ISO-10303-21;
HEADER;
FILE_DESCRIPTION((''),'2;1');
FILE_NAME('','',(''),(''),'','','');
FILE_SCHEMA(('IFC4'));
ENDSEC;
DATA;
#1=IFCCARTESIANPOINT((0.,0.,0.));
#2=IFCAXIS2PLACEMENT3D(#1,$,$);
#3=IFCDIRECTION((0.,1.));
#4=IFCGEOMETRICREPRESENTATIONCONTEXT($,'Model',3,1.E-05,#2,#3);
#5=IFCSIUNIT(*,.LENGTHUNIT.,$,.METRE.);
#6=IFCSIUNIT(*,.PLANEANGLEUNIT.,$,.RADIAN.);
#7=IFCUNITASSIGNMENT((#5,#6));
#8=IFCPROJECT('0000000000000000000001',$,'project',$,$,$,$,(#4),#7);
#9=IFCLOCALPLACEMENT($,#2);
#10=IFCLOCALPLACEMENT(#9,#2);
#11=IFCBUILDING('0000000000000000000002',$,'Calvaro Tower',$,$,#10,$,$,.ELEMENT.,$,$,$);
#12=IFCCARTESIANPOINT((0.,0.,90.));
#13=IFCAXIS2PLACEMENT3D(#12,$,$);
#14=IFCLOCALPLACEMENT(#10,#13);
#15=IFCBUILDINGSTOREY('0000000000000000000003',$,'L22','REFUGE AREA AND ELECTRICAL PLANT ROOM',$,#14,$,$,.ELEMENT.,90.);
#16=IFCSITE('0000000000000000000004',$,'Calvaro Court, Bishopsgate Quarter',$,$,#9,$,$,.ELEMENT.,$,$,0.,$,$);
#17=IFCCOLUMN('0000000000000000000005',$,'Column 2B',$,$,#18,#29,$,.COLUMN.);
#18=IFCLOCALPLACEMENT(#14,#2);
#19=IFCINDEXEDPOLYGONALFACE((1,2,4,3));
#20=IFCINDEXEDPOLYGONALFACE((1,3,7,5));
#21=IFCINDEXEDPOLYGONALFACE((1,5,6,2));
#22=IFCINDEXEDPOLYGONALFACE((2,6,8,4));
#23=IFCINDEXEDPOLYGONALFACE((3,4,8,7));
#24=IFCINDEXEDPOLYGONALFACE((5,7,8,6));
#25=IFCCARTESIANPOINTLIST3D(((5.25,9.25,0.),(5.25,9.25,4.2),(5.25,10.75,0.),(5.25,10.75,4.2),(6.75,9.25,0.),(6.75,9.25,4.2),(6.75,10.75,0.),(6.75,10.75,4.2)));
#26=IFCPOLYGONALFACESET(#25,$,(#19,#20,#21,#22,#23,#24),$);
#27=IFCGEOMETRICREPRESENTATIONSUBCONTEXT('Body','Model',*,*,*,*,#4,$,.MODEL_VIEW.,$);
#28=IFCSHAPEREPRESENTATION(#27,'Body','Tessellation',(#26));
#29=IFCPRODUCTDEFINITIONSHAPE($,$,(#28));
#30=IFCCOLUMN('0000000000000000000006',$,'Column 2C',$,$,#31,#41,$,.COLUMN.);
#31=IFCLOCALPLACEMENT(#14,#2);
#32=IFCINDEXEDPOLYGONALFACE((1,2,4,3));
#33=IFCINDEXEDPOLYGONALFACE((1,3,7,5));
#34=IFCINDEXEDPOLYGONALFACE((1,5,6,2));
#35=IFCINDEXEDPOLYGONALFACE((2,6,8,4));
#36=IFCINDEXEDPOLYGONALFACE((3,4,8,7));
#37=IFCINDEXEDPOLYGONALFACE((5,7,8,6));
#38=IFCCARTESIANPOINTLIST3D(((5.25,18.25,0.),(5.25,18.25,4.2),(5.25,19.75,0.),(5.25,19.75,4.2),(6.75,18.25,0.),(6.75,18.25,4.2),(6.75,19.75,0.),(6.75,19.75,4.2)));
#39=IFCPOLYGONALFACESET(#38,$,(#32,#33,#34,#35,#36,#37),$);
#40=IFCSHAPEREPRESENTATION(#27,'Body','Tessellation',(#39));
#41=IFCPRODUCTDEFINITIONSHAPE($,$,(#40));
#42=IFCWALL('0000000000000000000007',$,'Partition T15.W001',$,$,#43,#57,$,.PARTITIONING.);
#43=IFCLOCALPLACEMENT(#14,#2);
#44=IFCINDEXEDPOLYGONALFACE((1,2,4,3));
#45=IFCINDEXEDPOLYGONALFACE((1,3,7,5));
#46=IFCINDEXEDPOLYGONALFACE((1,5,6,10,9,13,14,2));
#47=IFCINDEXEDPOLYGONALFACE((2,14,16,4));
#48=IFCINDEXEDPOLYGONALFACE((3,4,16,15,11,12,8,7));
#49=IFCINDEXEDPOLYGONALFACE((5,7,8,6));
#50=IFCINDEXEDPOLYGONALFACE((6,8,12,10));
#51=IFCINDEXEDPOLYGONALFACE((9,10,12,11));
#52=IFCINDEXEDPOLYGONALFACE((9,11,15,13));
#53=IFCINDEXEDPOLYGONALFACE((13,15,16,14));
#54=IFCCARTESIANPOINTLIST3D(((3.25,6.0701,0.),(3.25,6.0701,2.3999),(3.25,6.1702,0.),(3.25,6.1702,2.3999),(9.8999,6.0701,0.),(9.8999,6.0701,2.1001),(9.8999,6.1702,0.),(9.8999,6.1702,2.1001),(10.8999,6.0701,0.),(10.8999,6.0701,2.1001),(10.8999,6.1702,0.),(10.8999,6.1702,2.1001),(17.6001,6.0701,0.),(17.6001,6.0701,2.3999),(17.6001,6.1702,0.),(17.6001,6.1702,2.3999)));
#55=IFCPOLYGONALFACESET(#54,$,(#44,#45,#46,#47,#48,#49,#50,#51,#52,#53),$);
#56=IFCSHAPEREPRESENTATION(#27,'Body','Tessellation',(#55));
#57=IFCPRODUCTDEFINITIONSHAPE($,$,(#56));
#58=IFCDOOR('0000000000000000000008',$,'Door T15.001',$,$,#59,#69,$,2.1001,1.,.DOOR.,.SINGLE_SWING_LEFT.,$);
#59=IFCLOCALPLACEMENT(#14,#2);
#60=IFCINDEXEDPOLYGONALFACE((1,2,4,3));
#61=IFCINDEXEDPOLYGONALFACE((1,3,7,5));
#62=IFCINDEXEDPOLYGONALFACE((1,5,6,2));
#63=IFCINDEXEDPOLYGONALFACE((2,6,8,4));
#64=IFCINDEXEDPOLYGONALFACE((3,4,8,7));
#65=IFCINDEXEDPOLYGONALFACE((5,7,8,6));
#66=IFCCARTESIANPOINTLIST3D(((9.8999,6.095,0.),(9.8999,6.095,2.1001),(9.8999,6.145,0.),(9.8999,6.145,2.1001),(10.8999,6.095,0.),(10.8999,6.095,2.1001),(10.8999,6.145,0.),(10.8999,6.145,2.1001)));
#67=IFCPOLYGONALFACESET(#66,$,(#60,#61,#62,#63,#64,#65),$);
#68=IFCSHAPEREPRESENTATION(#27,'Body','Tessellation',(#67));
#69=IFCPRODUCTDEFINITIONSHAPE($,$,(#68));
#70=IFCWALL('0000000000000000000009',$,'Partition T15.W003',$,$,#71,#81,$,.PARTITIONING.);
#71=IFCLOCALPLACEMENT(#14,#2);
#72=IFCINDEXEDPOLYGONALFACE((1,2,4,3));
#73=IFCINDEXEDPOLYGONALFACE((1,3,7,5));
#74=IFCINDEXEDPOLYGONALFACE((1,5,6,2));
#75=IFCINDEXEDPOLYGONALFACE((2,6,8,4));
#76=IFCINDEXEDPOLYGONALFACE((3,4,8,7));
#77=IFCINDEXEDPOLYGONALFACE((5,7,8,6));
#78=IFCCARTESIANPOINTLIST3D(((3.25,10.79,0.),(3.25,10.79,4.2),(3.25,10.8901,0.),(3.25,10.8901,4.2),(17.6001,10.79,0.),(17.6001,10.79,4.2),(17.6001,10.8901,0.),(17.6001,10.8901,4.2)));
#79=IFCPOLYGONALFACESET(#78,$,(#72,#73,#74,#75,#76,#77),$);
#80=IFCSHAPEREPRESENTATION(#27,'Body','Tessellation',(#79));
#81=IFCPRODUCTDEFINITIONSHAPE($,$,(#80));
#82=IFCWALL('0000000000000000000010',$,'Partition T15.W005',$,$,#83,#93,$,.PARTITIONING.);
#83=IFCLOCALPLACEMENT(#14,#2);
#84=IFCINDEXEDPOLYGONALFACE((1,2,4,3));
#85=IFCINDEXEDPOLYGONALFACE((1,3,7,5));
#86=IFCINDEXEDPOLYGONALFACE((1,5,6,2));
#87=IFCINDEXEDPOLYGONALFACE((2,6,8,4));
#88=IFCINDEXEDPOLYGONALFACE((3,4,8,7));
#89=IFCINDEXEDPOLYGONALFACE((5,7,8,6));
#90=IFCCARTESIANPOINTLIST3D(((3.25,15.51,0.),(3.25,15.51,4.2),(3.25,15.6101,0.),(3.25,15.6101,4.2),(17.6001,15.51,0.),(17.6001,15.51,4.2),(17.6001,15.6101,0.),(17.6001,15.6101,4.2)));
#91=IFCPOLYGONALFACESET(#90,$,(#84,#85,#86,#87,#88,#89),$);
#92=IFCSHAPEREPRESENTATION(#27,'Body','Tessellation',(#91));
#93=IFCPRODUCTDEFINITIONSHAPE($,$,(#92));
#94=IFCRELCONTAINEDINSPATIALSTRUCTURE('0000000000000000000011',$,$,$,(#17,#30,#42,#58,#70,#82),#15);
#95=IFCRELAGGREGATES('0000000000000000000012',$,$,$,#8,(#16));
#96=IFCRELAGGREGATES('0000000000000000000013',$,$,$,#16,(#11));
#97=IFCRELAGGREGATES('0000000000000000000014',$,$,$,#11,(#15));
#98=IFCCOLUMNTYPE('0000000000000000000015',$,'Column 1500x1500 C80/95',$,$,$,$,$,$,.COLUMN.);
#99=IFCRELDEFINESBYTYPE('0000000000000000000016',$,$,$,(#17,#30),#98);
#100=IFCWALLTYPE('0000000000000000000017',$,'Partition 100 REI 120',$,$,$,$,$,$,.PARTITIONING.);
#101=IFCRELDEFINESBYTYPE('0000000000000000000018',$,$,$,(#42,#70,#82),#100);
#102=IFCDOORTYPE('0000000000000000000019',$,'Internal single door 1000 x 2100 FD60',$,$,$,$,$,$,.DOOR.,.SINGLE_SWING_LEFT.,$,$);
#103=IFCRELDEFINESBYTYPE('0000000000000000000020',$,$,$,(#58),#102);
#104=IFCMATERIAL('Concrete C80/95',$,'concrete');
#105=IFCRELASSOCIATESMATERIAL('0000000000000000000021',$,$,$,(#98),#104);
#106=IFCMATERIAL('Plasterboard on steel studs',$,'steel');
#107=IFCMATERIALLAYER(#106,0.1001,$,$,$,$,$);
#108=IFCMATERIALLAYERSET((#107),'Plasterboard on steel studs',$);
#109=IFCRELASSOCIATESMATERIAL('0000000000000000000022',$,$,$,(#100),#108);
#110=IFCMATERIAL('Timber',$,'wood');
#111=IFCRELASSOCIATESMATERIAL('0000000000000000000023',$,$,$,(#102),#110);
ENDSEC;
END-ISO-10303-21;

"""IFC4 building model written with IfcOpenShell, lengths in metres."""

from ifc_helpers import new_model, si_unit, direction, frame, frame_2d, origin, origin_2d, place, context, subcontext, project, spatial, rectangle, extrude, material, layer, layer_set, material_profile, profile_set, type_object, element, fill, save


model = new_model("IFC4")

# Units and contexts
model_context = context("Model", 3, precision=1e-05, world=origin(), true_north=direction((0.0, 1.0)))
body_context = subcontext(model_context, "Body", "Model", "MODEL_VIEW")
ifc_project = project(units=[si_unit("LENGTHUNIT", "METRE"), si_unit("PLANEANGLEUNIT", "RADIAN")], contexts=[model_context])

# Site, building, storey
site_placement = place(None, origin())
site = spatial("IfcSite", under=ifc_project, at=site_placement, Name="Calvaro Court, Bishopsgate Quarter", CompositionType="ELEMENT", RefElevation=0.0)
building_placement = place(site_placement, origin())
building = spatial("IfcBuilding", under=site, at=building_placement, Name="Calvaro Tower", CompositionType="ELEMENT")
storey_placement = place(building_placement, frame((0.0, 0.0, 90.0)))
storey = spatial("IfcBuildingStorey", under=building, at=storey_placement, Name="L22", Description="REFUGE AREA AND ELECTRICAL PLANT ROOM", CompositionType="ELEMENT", Elevation=90.0)

# Columns
ifc_material_1 = material(Name="Concrete C80/95", Category="concrete")
ifc_material_profile = material_profile(ifc_material_1, rectangle(XDim=1.5, YDim=1.5, at=origin_2d()), Name="RC 1500x1500")
ifc_profile_set = profile_set([ifc_material_profile], Name="Concrete C80/95")
column_type = type_object("IfcColumnType", Name="Column 1500x1500 C80/95", PredefinedType="COLUMN", material=ifc_profile_set)
for number, where, z_axis, x_axis, name in (
    (1, (6.0, 10.0, 0.0), (0.0, 0.0, 1.0), (1.0, 0.0, 0.0), "Column 2B"),
    (2, (6.0, 19.0, 0.0), (0.0, 0.0, 1.0), (1.0, 0.0, 0.0), "Column 2C"),
):
    element("IfcColumn", number, at=place(storey_placement, frame(where, z_axis=z_axis, x_axis=x_axis)), inside=storey, type_object=column_type, Name=name, PredefinedType="COLUMN", context=body_context, shape_type="SweptSolid", body=[
        extrude(rectangle(XDim=1.5, YDim=1.5, at=origin_2d()), origin(), (0.0, 0.0, 1.0), 4.2),
    ])

# Wall, opening, door
ifc_material_2 = material(Name="Plasterboard on steel studs", Category="steel")
ifc_layer = layer(ifc_material_2, 0.1001)
ifc_layer_set = layer_set([ifc_layer], Name="Plasterboard on steel studs")
wall_type = type_object("IfcWallType", Name="Partition 100 REI 120", PredefinedType="PARTITIONING", material=ifc_layer_set)
wall_placement = place(storey_placement, frame((3.25, 6.1201, 0.0), z_axis=(0.0, 0.0, 1.0), x_axis=(1.0, 0.0, 0.0)))
wall = element("IfcWall", 3, at=wall_placement, inside=storey, type_object=wall_type, Name="Partition T15.W001", PredefinedType="PARTITIONING", context=body_context, shape_type="SweptSolid", body=[
    extrude(rectangle(XDim=14.3501, YDim=0.1001, at=frame_2d((7.175, 0.0))), origin(), (0.0, 0.0, 1.0), 2.3999),
])
opening_placement = place(wall_placement, frame((6.6499, 0.0, 0.0)))
opening = element("IfcOpeningElement", 4, at=opening_placement, cuts=wall, PredefinedType="OPENING", context=body_context, shape_type="SweptSolid", body=[
    extrude(rectangle(XDim=1.0, YDim=2.1001, at=frame_2d((0.5, 1.05))), frame((0.0, 0.0601, 0.0), z_axis=(0.0, -1.0, 0.0), x_axis=(1.0, 0.0, 0.0)), (0.0, 0.0, 1.0), 0.1201),
])
ifc_material_3 = material(Name="Timber", Category="wood")
door_type = type_object("IfcDoorType", Name="Internal single door 1000 x 2100 FD60", OperationType="SINGLE_SWING_LEFT", PredefinedType="DOOR", material=ifc_material_3)
door_placement = place(opening_placement, origin())
door = element("IfcDoor", 5, at=door_placement, inside=storey, type_object=door_type, Name="Door T15.001", OperationType="SINGLE_SWING_LEFT", OverallHeight=2.1001, OverallWidth=1.0, PredefinedType="DOOR", context=body_context, shape_type="SweptSolid", body=[
    extrude(rectangle(XDim=1.0, YDim=2.1001, at=frame_2d((0.5, 1.05))), frame((0.0, 0.0249, 0.0), z_axis=(0.0, -1.0, 0.0), x_axis=(1.0, 0.0, 0.0)), (0.0, 0.0, 1.0), 0.05),
])
fill(opening, door)

# Walls
for number, where, z_axis, x_axis, name in (
    (6, (3.25, 10.8401, 0.0), (0.0, 0.0, 1.0), (1.0, 0.0, 0.0), "Partition T15.W003"),
    (7, (3.25, 15.5601, 0.0), (0.0, 0.0, 1.0), (1.0, 0.0, 0.0), "Partition T15.W005"),
):
    element("IfcWall", number, at=place(storey_placement, frame(where, z_axis=z_axis, x_axis=x_axis)), inside=storey, type_object=wall_type, Name=name, PredefinedType="PARTITIONING", context=body_context, shape_type="SweptSolid", body=[
        extrude(rectangle(XDim=14.3501, YDim=0.1001, at=frame_2d((7.175, 0.0))), origin(), (0.0, 0.0, 1.0), 4.2),
    ])

save(model, "model.ifc")
